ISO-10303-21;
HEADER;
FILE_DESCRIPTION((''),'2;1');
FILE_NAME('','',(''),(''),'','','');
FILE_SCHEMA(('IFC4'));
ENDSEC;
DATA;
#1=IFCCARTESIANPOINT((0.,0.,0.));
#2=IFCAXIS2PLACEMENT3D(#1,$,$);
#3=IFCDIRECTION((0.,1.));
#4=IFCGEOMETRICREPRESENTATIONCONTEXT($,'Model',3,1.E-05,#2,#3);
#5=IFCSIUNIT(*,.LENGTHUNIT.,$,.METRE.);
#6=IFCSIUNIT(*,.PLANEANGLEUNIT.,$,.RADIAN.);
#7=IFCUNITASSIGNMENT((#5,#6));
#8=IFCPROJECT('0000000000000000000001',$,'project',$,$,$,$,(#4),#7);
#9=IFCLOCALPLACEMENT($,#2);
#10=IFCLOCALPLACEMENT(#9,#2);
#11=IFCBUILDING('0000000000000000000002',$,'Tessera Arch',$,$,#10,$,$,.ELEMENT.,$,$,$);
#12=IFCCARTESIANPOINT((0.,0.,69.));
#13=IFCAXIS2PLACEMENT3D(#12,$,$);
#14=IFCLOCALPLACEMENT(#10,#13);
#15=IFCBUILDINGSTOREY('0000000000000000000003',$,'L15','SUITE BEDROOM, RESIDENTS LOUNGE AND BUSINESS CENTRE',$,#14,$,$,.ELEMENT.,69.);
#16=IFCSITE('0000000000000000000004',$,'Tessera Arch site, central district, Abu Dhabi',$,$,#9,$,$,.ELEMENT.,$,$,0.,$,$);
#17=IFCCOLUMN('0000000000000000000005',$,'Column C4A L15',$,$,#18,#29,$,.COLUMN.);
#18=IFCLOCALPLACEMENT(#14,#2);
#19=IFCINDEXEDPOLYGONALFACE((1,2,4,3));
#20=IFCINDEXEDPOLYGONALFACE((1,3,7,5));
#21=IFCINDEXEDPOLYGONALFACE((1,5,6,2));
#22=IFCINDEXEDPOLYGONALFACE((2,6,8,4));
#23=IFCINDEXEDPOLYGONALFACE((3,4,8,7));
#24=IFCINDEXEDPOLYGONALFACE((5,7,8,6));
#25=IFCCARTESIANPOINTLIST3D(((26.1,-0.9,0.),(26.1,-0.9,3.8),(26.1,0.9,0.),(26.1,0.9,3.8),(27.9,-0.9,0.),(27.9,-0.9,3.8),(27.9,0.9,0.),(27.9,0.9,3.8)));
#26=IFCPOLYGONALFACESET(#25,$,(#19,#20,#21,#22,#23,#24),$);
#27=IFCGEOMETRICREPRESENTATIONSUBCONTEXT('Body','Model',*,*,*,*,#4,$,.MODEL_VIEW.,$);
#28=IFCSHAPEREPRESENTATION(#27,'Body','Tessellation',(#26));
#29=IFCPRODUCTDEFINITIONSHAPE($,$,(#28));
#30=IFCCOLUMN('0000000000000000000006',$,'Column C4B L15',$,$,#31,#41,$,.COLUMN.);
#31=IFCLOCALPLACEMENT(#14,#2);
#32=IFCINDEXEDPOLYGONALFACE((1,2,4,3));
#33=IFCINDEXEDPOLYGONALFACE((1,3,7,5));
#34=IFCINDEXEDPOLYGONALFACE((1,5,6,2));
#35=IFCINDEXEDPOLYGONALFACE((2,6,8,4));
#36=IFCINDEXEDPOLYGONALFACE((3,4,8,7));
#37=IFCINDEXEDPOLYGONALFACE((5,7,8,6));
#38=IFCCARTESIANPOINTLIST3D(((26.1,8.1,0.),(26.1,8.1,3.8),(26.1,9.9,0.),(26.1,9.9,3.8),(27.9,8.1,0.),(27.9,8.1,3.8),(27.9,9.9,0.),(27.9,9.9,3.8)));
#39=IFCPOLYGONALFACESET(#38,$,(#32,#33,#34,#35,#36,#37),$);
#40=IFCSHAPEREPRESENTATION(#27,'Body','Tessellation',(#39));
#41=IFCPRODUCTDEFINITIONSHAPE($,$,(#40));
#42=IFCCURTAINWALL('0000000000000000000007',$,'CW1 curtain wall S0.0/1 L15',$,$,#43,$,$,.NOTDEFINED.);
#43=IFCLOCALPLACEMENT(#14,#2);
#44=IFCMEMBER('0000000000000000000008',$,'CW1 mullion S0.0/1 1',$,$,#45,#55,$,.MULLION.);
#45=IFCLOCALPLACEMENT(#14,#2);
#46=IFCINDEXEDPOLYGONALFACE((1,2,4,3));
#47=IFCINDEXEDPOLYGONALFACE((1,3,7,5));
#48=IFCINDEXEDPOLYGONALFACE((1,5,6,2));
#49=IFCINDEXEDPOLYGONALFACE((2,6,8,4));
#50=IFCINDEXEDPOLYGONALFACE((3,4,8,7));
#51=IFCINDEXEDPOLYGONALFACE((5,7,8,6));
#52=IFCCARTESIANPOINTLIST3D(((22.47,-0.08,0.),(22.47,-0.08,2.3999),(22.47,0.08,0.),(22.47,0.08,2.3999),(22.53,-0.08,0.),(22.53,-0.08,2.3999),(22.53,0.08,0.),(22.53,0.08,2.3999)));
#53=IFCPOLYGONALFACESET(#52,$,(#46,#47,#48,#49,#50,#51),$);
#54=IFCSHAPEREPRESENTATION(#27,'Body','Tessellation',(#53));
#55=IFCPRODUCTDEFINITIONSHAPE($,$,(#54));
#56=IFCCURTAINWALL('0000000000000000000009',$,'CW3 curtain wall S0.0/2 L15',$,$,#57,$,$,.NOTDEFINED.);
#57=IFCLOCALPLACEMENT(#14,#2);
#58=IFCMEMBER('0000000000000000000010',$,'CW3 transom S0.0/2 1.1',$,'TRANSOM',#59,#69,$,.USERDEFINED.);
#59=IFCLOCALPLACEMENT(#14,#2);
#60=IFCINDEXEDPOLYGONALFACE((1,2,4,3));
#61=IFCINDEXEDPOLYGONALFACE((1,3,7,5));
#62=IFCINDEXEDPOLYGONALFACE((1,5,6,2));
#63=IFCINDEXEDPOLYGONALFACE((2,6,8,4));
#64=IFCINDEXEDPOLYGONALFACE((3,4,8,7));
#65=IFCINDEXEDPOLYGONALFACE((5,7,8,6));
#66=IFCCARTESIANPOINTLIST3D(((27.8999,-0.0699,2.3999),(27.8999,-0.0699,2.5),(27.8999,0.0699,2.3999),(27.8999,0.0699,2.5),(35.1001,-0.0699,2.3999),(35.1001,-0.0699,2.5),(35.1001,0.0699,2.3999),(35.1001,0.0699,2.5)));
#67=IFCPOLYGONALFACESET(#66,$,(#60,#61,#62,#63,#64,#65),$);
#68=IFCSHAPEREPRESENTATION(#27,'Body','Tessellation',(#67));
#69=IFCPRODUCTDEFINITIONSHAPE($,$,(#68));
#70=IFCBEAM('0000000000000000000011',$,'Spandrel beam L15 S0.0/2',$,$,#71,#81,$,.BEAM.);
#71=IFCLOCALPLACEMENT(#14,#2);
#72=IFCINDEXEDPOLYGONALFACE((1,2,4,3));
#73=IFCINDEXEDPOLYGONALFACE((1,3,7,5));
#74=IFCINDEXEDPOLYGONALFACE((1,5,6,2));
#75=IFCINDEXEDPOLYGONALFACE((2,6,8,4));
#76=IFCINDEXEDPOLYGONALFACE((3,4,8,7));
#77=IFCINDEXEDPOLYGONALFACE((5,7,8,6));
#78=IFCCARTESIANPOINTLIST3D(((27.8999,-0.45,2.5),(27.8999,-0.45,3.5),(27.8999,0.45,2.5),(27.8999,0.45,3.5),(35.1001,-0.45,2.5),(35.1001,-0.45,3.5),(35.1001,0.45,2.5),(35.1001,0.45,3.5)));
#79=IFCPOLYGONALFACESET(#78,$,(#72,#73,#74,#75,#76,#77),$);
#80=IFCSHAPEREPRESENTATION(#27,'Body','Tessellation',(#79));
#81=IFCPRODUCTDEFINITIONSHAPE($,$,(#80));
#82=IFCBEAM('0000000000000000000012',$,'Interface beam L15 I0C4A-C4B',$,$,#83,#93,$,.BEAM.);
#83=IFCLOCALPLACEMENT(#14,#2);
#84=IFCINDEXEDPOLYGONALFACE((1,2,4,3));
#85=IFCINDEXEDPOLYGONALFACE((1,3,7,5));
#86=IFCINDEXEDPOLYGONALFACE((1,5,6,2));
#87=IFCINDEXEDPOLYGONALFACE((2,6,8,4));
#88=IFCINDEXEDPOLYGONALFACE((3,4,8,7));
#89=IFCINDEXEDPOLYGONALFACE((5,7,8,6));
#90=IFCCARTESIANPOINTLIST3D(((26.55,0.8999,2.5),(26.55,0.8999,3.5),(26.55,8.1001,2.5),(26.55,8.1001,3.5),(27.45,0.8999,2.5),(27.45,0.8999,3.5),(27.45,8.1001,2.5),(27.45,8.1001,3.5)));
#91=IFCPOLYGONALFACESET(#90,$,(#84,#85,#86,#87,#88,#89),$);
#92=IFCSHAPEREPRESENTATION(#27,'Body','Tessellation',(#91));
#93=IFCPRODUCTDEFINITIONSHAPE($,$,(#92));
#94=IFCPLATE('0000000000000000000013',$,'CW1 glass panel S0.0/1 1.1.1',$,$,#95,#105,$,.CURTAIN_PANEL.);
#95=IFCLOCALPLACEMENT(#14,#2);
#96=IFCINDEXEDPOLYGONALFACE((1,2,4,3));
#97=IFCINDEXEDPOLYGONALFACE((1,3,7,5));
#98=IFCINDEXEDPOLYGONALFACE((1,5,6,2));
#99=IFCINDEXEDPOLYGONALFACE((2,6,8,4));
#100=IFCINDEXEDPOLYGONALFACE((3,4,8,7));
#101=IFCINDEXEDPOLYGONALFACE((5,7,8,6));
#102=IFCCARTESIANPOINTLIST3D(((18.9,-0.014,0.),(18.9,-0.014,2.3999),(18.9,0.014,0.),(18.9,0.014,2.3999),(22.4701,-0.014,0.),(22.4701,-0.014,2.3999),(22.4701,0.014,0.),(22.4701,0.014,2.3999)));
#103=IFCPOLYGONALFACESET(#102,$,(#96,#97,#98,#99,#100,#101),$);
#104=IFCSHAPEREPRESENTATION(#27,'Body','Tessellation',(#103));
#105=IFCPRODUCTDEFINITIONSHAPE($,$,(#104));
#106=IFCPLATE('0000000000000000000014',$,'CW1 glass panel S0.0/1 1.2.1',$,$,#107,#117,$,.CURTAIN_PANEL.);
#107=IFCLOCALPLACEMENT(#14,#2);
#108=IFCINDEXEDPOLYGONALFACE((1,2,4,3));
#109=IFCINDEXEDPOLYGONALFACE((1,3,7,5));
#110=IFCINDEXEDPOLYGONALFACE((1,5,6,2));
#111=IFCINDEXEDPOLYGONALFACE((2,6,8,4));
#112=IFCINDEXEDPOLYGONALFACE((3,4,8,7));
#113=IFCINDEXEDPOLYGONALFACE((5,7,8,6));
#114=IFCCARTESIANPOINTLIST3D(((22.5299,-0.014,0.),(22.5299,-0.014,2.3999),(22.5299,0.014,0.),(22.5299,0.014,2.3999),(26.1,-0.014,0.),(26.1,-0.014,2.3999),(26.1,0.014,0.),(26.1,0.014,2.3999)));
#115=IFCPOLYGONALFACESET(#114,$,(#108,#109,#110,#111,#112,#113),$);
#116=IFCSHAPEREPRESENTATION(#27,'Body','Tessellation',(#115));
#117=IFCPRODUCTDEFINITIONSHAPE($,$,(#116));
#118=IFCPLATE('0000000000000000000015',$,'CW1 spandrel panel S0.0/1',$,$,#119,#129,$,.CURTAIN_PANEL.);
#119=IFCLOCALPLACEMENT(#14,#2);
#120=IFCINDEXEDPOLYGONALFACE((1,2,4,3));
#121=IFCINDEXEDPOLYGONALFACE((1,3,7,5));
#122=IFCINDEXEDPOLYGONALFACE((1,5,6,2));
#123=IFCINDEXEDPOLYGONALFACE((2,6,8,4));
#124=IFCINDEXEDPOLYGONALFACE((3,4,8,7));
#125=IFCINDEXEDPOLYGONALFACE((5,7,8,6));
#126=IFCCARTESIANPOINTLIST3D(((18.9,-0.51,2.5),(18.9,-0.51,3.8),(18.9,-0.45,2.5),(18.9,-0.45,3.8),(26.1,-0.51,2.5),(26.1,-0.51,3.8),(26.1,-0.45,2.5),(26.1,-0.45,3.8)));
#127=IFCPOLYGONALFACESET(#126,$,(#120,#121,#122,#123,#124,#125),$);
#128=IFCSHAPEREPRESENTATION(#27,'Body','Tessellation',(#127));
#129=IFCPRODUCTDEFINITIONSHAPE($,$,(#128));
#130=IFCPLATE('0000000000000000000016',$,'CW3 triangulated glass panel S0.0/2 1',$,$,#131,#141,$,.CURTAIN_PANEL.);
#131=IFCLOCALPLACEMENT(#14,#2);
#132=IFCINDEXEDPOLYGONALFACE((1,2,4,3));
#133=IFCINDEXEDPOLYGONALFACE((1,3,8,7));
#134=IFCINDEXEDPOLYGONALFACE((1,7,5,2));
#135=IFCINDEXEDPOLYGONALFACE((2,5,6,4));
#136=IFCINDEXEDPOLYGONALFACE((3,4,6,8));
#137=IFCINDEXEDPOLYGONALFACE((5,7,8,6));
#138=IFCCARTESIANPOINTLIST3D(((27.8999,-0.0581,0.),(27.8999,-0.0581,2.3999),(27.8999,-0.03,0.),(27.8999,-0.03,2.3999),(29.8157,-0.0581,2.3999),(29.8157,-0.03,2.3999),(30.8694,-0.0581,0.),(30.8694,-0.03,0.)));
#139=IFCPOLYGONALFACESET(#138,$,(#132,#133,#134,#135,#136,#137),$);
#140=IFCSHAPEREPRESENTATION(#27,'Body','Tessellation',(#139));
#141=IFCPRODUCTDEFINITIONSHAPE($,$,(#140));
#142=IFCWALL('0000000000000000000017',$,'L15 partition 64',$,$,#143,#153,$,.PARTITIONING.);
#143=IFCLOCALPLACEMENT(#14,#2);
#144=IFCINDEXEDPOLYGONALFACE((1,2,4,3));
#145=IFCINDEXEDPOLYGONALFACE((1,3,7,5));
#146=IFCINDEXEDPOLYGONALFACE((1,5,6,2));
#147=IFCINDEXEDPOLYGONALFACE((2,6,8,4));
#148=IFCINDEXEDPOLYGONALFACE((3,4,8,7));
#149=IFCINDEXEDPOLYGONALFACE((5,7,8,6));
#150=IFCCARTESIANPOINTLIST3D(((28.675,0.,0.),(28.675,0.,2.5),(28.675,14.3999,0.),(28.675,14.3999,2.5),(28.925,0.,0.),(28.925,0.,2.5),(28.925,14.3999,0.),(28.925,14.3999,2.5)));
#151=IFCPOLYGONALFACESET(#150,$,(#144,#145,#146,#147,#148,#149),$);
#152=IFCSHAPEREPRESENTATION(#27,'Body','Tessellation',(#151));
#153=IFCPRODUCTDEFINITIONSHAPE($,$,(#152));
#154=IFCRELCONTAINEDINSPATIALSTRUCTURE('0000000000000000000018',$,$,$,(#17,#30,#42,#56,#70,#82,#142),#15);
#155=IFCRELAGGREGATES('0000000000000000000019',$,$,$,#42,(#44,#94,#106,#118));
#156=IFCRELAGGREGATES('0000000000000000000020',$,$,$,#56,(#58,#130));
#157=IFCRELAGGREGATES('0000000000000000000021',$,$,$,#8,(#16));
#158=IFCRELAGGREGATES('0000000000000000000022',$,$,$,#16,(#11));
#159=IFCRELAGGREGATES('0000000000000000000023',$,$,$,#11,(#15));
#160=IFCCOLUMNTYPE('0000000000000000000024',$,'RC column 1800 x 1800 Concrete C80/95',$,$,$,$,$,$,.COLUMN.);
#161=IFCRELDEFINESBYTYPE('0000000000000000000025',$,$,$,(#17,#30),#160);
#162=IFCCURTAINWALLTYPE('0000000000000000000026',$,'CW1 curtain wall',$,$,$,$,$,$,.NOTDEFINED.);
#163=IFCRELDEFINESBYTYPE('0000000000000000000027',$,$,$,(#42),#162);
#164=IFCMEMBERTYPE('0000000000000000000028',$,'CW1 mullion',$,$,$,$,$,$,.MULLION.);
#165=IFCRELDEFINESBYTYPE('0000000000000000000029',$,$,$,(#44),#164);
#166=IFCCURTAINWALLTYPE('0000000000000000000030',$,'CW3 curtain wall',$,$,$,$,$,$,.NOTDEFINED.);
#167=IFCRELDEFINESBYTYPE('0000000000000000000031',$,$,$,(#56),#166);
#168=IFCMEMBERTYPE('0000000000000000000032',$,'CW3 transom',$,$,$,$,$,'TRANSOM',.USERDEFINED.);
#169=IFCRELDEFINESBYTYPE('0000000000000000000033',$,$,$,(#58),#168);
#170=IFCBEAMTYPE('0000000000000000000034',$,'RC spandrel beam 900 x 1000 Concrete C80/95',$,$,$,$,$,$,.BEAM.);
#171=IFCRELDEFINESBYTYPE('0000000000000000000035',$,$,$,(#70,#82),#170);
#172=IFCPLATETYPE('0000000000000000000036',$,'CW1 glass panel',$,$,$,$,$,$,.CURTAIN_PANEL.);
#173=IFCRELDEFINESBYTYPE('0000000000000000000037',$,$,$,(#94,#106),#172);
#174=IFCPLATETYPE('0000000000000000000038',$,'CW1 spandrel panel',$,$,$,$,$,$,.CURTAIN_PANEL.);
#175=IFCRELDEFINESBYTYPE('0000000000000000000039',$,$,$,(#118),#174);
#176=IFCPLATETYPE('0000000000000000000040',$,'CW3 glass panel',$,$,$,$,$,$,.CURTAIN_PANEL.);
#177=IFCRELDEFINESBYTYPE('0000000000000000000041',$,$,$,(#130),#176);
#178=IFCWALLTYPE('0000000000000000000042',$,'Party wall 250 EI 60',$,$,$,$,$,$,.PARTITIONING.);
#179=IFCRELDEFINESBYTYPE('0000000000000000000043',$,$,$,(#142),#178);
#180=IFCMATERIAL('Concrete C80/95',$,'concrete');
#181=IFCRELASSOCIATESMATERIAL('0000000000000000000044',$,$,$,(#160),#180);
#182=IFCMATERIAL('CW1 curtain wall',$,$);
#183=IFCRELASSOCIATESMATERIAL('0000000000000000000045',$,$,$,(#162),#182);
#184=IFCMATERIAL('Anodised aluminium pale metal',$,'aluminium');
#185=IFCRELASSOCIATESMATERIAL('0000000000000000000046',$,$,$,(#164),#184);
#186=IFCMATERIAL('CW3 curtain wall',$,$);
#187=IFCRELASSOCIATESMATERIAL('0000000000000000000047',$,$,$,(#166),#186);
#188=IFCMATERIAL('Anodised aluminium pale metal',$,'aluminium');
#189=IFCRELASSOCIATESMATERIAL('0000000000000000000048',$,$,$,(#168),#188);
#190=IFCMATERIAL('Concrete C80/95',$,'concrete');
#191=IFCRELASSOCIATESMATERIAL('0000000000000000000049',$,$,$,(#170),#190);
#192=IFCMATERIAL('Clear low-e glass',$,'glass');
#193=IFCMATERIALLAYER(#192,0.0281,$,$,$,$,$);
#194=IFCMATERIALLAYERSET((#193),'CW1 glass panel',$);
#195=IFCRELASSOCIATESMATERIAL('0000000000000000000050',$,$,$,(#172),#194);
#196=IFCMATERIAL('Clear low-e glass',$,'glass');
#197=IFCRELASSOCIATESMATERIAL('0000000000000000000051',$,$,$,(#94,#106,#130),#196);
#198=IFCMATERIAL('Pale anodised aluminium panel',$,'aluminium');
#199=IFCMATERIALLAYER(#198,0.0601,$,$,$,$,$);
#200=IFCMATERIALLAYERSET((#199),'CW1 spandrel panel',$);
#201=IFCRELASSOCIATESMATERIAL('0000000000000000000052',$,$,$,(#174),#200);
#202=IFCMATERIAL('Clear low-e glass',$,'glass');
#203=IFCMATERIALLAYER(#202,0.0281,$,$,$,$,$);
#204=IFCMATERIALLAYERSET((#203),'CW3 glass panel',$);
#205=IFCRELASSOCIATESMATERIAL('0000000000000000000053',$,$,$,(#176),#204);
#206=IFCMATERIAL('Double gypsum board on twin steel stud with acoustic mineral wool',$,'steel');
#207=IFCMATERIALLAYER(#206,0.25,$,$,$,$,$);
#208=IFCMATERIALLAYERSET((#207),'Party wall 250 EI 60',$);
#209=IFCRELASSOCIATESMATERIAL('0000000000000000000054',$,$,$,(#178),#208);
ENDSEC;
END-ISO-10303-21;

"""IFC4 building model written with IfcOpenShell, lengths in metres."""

from ifc_helpers import new_model, si_unit, direction, frame, frame_2d, origin, origin_2d, place, context, subcontext, project, spatial, polyline, rectangle, outline, extrude, material, layer, layer_set, material_profile, profile_set, type_object, element, aggregate, save


model = new_model("IFC4")

# Units and contexts
model_context = context("Model", 3, precision=1e-05, world=origin(), true_north=direction((0.0, 1.0)))
body_context = subcontext(model_context, "Body", "Model", "MODEL_VIEW")
ifc_project = project(units=[si_unit("LENGTHUNIT", "METRE"), si_unit("PLANEANGLEUNIT", "RADIAN")], contexts=[model_context])

# Site, building, storey
site_placement = place(None, origin())
site = spatial("IfcSite", under=ifc_project, at=site_placement, Name="Tessera Arch site, central district, Abu Dhabi", CompositionType="ELEMENT", RefElevation=0.0)
building_placement = place(site_placement, origin())
building = spatial("IfcBuilding", under=site, at=building_placement, Name="Tessera Arch", CompositionType="ELEMENT")
storey_placement = place(building_placement, frame((0.0, 0.0, 69.0)))
storey = spatial("IfcBuildingStorey", under=building, at=storey_placement, Name="L15", Description="SUITE BEDROOM, RESIDENTS LOUNGE AND BUSINESS CENTRE", CompositionType="ELEMENT", Elevation=69.0)

# Columns
ifc_material_1 = material(Name="Concrete C80/95", Category="concrete")
ifc_material_profile_1 = material_profile(ifc_material_1, rectangle(XDim=1.8, YDim=1.8, at=origin_2d()), Name="RC column 1800 x 1800 Concrete C80/95")
ifc_profile_set_1 = profile_set([ifc_material_profile_1], Name="Concrete C80/95")
column_type = type_object("IfcColumnType", Name="RC column 1800 x 1800 Concrete C80/95", PredefinedType="COLUMN", material=ifc_profile_set_1)
for number, where, z_axis, x_axis, name in (
    (1, (27.0, 0.0, 0.0), (0.0, 0.0, 1.0), (1.0, 0.0, 0.0), "Column C4A L15"),
    (2, (27.0, 9.0, 0.0), (0.0, 0.0, 1.0), (1.0, 0.0, 0.0), "Column C4B L15"),
):
    element("IfcColumn", number, at=place(storey_placement, frame(where, z_axis=z_axis, x_axis=x_axis)), inside=storey, type_object=column_type, Name=name, PredefinedType="COLUMN", context=body_context, shape_type="SweptSolid", body=[
        extrude(rectangle(XDim=1.8, YDim=1.8, at=origin_2d()), origin(), (0.0, 0.0, 1.0), 3.8),
    ])

# Curtain walls, members
ifc_material_2 = material(Name="CW1 curtain wall")
curtain_wall_type_1 = type_object("IfcCurtainWallType", Name="CW1 curtain wall", PredefinedType="NOTDEFINED", material=ifc_material_2)
curtain_wall_1_placement = place(storey_placement, origin())
curtain_wall_1 = element("IfcCurtainWall", 3, at=curtain_wall_1_placement, inside=storey, type_object=curtain_wall_type_1, Name="CW1 curtain wall S0.0/1 L15", PredefinedType="NOTDEFINED")
ifc_material_3 = material(Name="Anodised aluminium pale metal", Category="aluminium")
ifc_material_profile_2 = material_profile(ifc_material_3, rectangle(XDim=0.1599, YDim=0.0601, at=origin_2d()), Name="AL 60x160")
ifc_profile_set_2 = profile_set([ifc_material_profile_2], Name="Anodised aluminium pale metal")
member_type_1 = type_object("IfcMemberType", Name="CW1 mullion", PredefinedType="MULLION", material=ifc_profile_set_2)
member_1_placement = place(storey_placement, frame((22.5, 0.0, 0.0), z_axis=(0.0, 0.0, 1.0), x_axis=(0.0, 1.0, 0.0)))
member_1 = element("IfcMember", 4, at=member_1_placement, type_object=member_type_1, Name="CW1 mullion S0.0/1 1", PredefinedType="MULLION", context=body_context, shape_type="SweptSolid", body=[
    extrude(rectangle(XDim=0.1599, YDim=0.0601, at=origin_2d()), origin(), (0.0, 0.0, 1.0), 2.3999),
])
ifc_material_4 = material(Name="CW3 curtain wall")
curtain_wall_type_2 = type_object("IfcCurtainWallType", Name="CW3 curtain wall", PredefinedType="NOTDEFINED", material=ifc_material_4)
curtain_wall_2_placement = place(storey_placement, origin())
curtain_wall_2 = element("IfcCurtainWall", 5, at=curtain_wall_2_placement, inside=storey, type_object=curtain_wall_type_2, Name="CW3 curtain wall S0.0/2 L15", PredefinedType="NOTDEFINED")
ifc_material_5 = material(Name="Anodised aluminium pale metal", Category="aluminium")
ifc_material_profile_3 = material_profile(ifc_material_5, rectangle(XDim=0.1399, YDim=0.1001, at=origin_2d()), Name="AL 140x100")
ifc_profile_set_3 = profile_set([ifc_material_profile_3], Name="Anodised aluminium pale metal")
member_type_2 = type_object("IfcMemberType", Name="CW3 transom", ElementType="TRANSOM", PredefinedType="USERDEFINED", material=ifc_profile_set_3)
member_2_placement = place(storey_placement, frame((27.8999, 0.0, 2.45), z_axis=(1.0, 0.0, 0.0), x_axis=(0.0, 1.0, 0.0)))
member_2 = element("IfcMember", 6, at=member_2_placement, type_object=member_type_2, Name="CW3 transom S0.0/2 1.1", ObjectType="TRANSOM", PredefinedType="USERDEFINED", context=body_context, shape_type="SweptSolid", body=[
    extrude(rectangle(XDim=0.1399, YDim=0.1001, at=origin_2d()), origin(), (0.0, 0.0, 1.0), 7.2002),
])

# Beams
ifc_material_6 = material(Name="Concrete C80/95", Category="concrete")
ifc_material_profile_4 = material_profile(ifc_material_6, rectangle(XDim=0.8999, YDim=1.0, at=origin_2d()), Name="RC spandrel beam 900 x 1000 Concrete C80/95")
ifc_profile_set_4 = profile_set([ifc_material_profile_4], Name="Concrete C80/95")
beam_type = type_object("IfcBeamType", Name="RC spandrel beam 900 x 1000 Concrete C80/95", PredefinedType="BEAM", material=ifc_profile_set_4)
for number, where, z_axis, x_axis, name in (
    (7, (27.8999, 0.0, 3.0), (1.0, 0.0, 0.0), (0.0, 1.0, 0.0), "Spandrel beam L15 S0.0/2"),
    (8, (27.0, 0.8999, 3.0), (0.0, 1.0, 0.0), (-1.0, 0.0, 0.0), "Interface beam L15 I0C4A-C4B"),
):
    element("IfcBeam", number, at=place(storey_placement, frame(where, z_axis=z_axis, x_axis=x_axis)), inside=storey, type_object=beam_type, Name=name, PredefinedType="BEAM", context=body_context, shape_type="SweptSolid", body=[
        extrude(rectangle(XDim=0.8999, YDim=1.0, at=origin_2d()), origin(), (0.0, 0.0, 1.0), 7.2002),
    ])

# Plates
ifc_material_7 = material(Name="Clear low-e glass", Category="glass")
ifc_material_8 = material(Name="Clear low-e glass", Category="glass")
ifc_layer_1 = layer(ifc_material_8, 0.0281)
ifc_layer_set_1 = layer_set([ifc_layer_1], Name="CW1 glass panel")
plate_type_1 = type_object("IfcPlateType", Name="CW1 glass panel", PredefinedType="CURTAIN_PANEL", material=ifc_layer_set_1)
plate_1_placement = place(storey_placement, frame((20.6851, 0.0, 0.0), z_axis=(0.0, 0.0, 1.0), x_axis=(1.0, 0.0, 0.0)))
plate_1 = element("IfcPlate", 9, at=plate_1_placement, type_object=plate_type_1, material=ifc_material_7, Name="CW1 glass panel S0.0/1 1.1.1", PredefinedType="CURTAIN_PANEL", context=body_context, shape_type="SweptSolid", body=[
    extrude(rectangle(XDim=3.5701, YDim=0.0281, at=origin_2d()), origin(), (0.0, 0.0, 1.0), 2.3999),
])
plate_2_placement = place(storey_placement, frame((24.3149, 0.0, 0.0), z_axis=(0.0, 0.0, 1.0), x_axis=(1.0, 0.0, 0.0)))
plate_2 = element("IfcPlate", 10, at=plate_2_placement, type_object=plate_type_1, material=ifc_material_7, Name="CW1 glass panel S0.0/1 1.2.1", PredefinedType="CURTAIN_PANEL", context=body_context, shape_type="SweptSolid", body=[
    extrude(rectangle(XDim=3.5701, YDim=0.0281, at=origin_2d()), origin(), (0.0, 0.0, 1.0), 2.3999),
])
ifc_material_9 = material(Name="Pale anodised aluminium panel", Category="aluminium")
ifc_layer_2 = layer(ifc_material_9, 0.0601)
ifc_layer_set_2 = layer_set([ifc_layer_2], Name="CW1 spandrel panel")
plate_type_2 = type_object("IfcPlateType", Name="CW1 spandrel panel", PredefinedType="CURTAIN_PANEL", material=ifc_layer_set_2)
plate_3_placement = place(storey_placement, frame((22.5, -0.48, 2.5), z_axis=(0.0, 0.0, 1.0), x_axis=(1.0, 0.0, 0.0)))
plate_3 = element("IfcPlate", 11, at=plate_3_placement, type_object=plate_type_2, Name="CW1 spandrel panel S0.0/1", PredefinedType="CURTAIN_PANEL", context=body_context, shape_type="SweptSolid", body=[
    extrude(rectangle(XDim=7.2, YDim=0.0601, at=origin_2d()), origin(), (0.0, 0.0, 1.0), 1.3),
])
aggregate(curtain_wall_1, [member_1, plate_1, plate_2, plate_3])
ifc_material_10 = material(Name="Clear low-e glass", Category="glass")
ifc_layer_3 = layer(ifc_material_10, 0.0281)
ifc_layer_set_3 = layer_set([ifc_layer_3], Name="CW3 glass panel")
plate_type_3 = type_object("IfcPlateType", Name="CW3 glass panel", PredefinedType="CURTAIN_PANEL", material=ifc_layer_set_3)
plate_4_placement = place(storey_placement, frame((27.8999, -0.0581, 0.0), z_axis=(0.0, -1.0, 0.0), x_axis=(1.0, 0.0, 0.0)))
plate_4 = element("IfcPlate", 12, at=plate_4_placement, type_object=plate_type_3, material=ifc_material_7, Name="CW3 triangulated glass panel S0.0/2 1", PredefinedType="CURTAIN_PANEL", context=body_context, shape_type="SweptSolid", body=[
    extrude(outline(polyline([(0.0, 0.0), (2.9695, 0.0), (1.9158, 2.3999), (0.0, 2.3999), (0.0, 0.0)])), origin(), (0.0, 0.0, -1.0), 0.0281),
])
aggregate(curtain_wall_2, [member_2, plate_4])

# Wall
ifc_material_11 = material(Name="Double gypsum board on twin steel stud with acoustic mineral wool", Category="steel")
ifc_layer_4 = layer(ifc_material_11, 0.25)
ifc_layer_set_4 = layer_set([ifc_layer_4], Name="Party wall 250 EI 60")
wall_type_1 = type_object("IfcWallType", Name="Party wall 250 EI 60", PredefinedType="PARTITIONING", material=ifc_layer_set_4)
wall_1_placement = place(storey_placement, frame((28.8, 0.0, 0.0), z_axis=(0.0, 0.0, 1.0), x_axis=(0.0, 1.0, 0.0)))
element("IfcWall", 13, at=wall_1_placement, inside=storey, type_object=wall_type_1, Name="L15 partition 64", PredefinedType="PARTITIONING", context=body_context, shape_type="SweptSolid", body=[
    extrude(rectangle(XDim=14.3999, YDim=0.25, at=frame_2d((7.2, 0.0))), origin(), (0.0, 0.0, 1.0), 2.5),
])

save(model, "model.ifc")
